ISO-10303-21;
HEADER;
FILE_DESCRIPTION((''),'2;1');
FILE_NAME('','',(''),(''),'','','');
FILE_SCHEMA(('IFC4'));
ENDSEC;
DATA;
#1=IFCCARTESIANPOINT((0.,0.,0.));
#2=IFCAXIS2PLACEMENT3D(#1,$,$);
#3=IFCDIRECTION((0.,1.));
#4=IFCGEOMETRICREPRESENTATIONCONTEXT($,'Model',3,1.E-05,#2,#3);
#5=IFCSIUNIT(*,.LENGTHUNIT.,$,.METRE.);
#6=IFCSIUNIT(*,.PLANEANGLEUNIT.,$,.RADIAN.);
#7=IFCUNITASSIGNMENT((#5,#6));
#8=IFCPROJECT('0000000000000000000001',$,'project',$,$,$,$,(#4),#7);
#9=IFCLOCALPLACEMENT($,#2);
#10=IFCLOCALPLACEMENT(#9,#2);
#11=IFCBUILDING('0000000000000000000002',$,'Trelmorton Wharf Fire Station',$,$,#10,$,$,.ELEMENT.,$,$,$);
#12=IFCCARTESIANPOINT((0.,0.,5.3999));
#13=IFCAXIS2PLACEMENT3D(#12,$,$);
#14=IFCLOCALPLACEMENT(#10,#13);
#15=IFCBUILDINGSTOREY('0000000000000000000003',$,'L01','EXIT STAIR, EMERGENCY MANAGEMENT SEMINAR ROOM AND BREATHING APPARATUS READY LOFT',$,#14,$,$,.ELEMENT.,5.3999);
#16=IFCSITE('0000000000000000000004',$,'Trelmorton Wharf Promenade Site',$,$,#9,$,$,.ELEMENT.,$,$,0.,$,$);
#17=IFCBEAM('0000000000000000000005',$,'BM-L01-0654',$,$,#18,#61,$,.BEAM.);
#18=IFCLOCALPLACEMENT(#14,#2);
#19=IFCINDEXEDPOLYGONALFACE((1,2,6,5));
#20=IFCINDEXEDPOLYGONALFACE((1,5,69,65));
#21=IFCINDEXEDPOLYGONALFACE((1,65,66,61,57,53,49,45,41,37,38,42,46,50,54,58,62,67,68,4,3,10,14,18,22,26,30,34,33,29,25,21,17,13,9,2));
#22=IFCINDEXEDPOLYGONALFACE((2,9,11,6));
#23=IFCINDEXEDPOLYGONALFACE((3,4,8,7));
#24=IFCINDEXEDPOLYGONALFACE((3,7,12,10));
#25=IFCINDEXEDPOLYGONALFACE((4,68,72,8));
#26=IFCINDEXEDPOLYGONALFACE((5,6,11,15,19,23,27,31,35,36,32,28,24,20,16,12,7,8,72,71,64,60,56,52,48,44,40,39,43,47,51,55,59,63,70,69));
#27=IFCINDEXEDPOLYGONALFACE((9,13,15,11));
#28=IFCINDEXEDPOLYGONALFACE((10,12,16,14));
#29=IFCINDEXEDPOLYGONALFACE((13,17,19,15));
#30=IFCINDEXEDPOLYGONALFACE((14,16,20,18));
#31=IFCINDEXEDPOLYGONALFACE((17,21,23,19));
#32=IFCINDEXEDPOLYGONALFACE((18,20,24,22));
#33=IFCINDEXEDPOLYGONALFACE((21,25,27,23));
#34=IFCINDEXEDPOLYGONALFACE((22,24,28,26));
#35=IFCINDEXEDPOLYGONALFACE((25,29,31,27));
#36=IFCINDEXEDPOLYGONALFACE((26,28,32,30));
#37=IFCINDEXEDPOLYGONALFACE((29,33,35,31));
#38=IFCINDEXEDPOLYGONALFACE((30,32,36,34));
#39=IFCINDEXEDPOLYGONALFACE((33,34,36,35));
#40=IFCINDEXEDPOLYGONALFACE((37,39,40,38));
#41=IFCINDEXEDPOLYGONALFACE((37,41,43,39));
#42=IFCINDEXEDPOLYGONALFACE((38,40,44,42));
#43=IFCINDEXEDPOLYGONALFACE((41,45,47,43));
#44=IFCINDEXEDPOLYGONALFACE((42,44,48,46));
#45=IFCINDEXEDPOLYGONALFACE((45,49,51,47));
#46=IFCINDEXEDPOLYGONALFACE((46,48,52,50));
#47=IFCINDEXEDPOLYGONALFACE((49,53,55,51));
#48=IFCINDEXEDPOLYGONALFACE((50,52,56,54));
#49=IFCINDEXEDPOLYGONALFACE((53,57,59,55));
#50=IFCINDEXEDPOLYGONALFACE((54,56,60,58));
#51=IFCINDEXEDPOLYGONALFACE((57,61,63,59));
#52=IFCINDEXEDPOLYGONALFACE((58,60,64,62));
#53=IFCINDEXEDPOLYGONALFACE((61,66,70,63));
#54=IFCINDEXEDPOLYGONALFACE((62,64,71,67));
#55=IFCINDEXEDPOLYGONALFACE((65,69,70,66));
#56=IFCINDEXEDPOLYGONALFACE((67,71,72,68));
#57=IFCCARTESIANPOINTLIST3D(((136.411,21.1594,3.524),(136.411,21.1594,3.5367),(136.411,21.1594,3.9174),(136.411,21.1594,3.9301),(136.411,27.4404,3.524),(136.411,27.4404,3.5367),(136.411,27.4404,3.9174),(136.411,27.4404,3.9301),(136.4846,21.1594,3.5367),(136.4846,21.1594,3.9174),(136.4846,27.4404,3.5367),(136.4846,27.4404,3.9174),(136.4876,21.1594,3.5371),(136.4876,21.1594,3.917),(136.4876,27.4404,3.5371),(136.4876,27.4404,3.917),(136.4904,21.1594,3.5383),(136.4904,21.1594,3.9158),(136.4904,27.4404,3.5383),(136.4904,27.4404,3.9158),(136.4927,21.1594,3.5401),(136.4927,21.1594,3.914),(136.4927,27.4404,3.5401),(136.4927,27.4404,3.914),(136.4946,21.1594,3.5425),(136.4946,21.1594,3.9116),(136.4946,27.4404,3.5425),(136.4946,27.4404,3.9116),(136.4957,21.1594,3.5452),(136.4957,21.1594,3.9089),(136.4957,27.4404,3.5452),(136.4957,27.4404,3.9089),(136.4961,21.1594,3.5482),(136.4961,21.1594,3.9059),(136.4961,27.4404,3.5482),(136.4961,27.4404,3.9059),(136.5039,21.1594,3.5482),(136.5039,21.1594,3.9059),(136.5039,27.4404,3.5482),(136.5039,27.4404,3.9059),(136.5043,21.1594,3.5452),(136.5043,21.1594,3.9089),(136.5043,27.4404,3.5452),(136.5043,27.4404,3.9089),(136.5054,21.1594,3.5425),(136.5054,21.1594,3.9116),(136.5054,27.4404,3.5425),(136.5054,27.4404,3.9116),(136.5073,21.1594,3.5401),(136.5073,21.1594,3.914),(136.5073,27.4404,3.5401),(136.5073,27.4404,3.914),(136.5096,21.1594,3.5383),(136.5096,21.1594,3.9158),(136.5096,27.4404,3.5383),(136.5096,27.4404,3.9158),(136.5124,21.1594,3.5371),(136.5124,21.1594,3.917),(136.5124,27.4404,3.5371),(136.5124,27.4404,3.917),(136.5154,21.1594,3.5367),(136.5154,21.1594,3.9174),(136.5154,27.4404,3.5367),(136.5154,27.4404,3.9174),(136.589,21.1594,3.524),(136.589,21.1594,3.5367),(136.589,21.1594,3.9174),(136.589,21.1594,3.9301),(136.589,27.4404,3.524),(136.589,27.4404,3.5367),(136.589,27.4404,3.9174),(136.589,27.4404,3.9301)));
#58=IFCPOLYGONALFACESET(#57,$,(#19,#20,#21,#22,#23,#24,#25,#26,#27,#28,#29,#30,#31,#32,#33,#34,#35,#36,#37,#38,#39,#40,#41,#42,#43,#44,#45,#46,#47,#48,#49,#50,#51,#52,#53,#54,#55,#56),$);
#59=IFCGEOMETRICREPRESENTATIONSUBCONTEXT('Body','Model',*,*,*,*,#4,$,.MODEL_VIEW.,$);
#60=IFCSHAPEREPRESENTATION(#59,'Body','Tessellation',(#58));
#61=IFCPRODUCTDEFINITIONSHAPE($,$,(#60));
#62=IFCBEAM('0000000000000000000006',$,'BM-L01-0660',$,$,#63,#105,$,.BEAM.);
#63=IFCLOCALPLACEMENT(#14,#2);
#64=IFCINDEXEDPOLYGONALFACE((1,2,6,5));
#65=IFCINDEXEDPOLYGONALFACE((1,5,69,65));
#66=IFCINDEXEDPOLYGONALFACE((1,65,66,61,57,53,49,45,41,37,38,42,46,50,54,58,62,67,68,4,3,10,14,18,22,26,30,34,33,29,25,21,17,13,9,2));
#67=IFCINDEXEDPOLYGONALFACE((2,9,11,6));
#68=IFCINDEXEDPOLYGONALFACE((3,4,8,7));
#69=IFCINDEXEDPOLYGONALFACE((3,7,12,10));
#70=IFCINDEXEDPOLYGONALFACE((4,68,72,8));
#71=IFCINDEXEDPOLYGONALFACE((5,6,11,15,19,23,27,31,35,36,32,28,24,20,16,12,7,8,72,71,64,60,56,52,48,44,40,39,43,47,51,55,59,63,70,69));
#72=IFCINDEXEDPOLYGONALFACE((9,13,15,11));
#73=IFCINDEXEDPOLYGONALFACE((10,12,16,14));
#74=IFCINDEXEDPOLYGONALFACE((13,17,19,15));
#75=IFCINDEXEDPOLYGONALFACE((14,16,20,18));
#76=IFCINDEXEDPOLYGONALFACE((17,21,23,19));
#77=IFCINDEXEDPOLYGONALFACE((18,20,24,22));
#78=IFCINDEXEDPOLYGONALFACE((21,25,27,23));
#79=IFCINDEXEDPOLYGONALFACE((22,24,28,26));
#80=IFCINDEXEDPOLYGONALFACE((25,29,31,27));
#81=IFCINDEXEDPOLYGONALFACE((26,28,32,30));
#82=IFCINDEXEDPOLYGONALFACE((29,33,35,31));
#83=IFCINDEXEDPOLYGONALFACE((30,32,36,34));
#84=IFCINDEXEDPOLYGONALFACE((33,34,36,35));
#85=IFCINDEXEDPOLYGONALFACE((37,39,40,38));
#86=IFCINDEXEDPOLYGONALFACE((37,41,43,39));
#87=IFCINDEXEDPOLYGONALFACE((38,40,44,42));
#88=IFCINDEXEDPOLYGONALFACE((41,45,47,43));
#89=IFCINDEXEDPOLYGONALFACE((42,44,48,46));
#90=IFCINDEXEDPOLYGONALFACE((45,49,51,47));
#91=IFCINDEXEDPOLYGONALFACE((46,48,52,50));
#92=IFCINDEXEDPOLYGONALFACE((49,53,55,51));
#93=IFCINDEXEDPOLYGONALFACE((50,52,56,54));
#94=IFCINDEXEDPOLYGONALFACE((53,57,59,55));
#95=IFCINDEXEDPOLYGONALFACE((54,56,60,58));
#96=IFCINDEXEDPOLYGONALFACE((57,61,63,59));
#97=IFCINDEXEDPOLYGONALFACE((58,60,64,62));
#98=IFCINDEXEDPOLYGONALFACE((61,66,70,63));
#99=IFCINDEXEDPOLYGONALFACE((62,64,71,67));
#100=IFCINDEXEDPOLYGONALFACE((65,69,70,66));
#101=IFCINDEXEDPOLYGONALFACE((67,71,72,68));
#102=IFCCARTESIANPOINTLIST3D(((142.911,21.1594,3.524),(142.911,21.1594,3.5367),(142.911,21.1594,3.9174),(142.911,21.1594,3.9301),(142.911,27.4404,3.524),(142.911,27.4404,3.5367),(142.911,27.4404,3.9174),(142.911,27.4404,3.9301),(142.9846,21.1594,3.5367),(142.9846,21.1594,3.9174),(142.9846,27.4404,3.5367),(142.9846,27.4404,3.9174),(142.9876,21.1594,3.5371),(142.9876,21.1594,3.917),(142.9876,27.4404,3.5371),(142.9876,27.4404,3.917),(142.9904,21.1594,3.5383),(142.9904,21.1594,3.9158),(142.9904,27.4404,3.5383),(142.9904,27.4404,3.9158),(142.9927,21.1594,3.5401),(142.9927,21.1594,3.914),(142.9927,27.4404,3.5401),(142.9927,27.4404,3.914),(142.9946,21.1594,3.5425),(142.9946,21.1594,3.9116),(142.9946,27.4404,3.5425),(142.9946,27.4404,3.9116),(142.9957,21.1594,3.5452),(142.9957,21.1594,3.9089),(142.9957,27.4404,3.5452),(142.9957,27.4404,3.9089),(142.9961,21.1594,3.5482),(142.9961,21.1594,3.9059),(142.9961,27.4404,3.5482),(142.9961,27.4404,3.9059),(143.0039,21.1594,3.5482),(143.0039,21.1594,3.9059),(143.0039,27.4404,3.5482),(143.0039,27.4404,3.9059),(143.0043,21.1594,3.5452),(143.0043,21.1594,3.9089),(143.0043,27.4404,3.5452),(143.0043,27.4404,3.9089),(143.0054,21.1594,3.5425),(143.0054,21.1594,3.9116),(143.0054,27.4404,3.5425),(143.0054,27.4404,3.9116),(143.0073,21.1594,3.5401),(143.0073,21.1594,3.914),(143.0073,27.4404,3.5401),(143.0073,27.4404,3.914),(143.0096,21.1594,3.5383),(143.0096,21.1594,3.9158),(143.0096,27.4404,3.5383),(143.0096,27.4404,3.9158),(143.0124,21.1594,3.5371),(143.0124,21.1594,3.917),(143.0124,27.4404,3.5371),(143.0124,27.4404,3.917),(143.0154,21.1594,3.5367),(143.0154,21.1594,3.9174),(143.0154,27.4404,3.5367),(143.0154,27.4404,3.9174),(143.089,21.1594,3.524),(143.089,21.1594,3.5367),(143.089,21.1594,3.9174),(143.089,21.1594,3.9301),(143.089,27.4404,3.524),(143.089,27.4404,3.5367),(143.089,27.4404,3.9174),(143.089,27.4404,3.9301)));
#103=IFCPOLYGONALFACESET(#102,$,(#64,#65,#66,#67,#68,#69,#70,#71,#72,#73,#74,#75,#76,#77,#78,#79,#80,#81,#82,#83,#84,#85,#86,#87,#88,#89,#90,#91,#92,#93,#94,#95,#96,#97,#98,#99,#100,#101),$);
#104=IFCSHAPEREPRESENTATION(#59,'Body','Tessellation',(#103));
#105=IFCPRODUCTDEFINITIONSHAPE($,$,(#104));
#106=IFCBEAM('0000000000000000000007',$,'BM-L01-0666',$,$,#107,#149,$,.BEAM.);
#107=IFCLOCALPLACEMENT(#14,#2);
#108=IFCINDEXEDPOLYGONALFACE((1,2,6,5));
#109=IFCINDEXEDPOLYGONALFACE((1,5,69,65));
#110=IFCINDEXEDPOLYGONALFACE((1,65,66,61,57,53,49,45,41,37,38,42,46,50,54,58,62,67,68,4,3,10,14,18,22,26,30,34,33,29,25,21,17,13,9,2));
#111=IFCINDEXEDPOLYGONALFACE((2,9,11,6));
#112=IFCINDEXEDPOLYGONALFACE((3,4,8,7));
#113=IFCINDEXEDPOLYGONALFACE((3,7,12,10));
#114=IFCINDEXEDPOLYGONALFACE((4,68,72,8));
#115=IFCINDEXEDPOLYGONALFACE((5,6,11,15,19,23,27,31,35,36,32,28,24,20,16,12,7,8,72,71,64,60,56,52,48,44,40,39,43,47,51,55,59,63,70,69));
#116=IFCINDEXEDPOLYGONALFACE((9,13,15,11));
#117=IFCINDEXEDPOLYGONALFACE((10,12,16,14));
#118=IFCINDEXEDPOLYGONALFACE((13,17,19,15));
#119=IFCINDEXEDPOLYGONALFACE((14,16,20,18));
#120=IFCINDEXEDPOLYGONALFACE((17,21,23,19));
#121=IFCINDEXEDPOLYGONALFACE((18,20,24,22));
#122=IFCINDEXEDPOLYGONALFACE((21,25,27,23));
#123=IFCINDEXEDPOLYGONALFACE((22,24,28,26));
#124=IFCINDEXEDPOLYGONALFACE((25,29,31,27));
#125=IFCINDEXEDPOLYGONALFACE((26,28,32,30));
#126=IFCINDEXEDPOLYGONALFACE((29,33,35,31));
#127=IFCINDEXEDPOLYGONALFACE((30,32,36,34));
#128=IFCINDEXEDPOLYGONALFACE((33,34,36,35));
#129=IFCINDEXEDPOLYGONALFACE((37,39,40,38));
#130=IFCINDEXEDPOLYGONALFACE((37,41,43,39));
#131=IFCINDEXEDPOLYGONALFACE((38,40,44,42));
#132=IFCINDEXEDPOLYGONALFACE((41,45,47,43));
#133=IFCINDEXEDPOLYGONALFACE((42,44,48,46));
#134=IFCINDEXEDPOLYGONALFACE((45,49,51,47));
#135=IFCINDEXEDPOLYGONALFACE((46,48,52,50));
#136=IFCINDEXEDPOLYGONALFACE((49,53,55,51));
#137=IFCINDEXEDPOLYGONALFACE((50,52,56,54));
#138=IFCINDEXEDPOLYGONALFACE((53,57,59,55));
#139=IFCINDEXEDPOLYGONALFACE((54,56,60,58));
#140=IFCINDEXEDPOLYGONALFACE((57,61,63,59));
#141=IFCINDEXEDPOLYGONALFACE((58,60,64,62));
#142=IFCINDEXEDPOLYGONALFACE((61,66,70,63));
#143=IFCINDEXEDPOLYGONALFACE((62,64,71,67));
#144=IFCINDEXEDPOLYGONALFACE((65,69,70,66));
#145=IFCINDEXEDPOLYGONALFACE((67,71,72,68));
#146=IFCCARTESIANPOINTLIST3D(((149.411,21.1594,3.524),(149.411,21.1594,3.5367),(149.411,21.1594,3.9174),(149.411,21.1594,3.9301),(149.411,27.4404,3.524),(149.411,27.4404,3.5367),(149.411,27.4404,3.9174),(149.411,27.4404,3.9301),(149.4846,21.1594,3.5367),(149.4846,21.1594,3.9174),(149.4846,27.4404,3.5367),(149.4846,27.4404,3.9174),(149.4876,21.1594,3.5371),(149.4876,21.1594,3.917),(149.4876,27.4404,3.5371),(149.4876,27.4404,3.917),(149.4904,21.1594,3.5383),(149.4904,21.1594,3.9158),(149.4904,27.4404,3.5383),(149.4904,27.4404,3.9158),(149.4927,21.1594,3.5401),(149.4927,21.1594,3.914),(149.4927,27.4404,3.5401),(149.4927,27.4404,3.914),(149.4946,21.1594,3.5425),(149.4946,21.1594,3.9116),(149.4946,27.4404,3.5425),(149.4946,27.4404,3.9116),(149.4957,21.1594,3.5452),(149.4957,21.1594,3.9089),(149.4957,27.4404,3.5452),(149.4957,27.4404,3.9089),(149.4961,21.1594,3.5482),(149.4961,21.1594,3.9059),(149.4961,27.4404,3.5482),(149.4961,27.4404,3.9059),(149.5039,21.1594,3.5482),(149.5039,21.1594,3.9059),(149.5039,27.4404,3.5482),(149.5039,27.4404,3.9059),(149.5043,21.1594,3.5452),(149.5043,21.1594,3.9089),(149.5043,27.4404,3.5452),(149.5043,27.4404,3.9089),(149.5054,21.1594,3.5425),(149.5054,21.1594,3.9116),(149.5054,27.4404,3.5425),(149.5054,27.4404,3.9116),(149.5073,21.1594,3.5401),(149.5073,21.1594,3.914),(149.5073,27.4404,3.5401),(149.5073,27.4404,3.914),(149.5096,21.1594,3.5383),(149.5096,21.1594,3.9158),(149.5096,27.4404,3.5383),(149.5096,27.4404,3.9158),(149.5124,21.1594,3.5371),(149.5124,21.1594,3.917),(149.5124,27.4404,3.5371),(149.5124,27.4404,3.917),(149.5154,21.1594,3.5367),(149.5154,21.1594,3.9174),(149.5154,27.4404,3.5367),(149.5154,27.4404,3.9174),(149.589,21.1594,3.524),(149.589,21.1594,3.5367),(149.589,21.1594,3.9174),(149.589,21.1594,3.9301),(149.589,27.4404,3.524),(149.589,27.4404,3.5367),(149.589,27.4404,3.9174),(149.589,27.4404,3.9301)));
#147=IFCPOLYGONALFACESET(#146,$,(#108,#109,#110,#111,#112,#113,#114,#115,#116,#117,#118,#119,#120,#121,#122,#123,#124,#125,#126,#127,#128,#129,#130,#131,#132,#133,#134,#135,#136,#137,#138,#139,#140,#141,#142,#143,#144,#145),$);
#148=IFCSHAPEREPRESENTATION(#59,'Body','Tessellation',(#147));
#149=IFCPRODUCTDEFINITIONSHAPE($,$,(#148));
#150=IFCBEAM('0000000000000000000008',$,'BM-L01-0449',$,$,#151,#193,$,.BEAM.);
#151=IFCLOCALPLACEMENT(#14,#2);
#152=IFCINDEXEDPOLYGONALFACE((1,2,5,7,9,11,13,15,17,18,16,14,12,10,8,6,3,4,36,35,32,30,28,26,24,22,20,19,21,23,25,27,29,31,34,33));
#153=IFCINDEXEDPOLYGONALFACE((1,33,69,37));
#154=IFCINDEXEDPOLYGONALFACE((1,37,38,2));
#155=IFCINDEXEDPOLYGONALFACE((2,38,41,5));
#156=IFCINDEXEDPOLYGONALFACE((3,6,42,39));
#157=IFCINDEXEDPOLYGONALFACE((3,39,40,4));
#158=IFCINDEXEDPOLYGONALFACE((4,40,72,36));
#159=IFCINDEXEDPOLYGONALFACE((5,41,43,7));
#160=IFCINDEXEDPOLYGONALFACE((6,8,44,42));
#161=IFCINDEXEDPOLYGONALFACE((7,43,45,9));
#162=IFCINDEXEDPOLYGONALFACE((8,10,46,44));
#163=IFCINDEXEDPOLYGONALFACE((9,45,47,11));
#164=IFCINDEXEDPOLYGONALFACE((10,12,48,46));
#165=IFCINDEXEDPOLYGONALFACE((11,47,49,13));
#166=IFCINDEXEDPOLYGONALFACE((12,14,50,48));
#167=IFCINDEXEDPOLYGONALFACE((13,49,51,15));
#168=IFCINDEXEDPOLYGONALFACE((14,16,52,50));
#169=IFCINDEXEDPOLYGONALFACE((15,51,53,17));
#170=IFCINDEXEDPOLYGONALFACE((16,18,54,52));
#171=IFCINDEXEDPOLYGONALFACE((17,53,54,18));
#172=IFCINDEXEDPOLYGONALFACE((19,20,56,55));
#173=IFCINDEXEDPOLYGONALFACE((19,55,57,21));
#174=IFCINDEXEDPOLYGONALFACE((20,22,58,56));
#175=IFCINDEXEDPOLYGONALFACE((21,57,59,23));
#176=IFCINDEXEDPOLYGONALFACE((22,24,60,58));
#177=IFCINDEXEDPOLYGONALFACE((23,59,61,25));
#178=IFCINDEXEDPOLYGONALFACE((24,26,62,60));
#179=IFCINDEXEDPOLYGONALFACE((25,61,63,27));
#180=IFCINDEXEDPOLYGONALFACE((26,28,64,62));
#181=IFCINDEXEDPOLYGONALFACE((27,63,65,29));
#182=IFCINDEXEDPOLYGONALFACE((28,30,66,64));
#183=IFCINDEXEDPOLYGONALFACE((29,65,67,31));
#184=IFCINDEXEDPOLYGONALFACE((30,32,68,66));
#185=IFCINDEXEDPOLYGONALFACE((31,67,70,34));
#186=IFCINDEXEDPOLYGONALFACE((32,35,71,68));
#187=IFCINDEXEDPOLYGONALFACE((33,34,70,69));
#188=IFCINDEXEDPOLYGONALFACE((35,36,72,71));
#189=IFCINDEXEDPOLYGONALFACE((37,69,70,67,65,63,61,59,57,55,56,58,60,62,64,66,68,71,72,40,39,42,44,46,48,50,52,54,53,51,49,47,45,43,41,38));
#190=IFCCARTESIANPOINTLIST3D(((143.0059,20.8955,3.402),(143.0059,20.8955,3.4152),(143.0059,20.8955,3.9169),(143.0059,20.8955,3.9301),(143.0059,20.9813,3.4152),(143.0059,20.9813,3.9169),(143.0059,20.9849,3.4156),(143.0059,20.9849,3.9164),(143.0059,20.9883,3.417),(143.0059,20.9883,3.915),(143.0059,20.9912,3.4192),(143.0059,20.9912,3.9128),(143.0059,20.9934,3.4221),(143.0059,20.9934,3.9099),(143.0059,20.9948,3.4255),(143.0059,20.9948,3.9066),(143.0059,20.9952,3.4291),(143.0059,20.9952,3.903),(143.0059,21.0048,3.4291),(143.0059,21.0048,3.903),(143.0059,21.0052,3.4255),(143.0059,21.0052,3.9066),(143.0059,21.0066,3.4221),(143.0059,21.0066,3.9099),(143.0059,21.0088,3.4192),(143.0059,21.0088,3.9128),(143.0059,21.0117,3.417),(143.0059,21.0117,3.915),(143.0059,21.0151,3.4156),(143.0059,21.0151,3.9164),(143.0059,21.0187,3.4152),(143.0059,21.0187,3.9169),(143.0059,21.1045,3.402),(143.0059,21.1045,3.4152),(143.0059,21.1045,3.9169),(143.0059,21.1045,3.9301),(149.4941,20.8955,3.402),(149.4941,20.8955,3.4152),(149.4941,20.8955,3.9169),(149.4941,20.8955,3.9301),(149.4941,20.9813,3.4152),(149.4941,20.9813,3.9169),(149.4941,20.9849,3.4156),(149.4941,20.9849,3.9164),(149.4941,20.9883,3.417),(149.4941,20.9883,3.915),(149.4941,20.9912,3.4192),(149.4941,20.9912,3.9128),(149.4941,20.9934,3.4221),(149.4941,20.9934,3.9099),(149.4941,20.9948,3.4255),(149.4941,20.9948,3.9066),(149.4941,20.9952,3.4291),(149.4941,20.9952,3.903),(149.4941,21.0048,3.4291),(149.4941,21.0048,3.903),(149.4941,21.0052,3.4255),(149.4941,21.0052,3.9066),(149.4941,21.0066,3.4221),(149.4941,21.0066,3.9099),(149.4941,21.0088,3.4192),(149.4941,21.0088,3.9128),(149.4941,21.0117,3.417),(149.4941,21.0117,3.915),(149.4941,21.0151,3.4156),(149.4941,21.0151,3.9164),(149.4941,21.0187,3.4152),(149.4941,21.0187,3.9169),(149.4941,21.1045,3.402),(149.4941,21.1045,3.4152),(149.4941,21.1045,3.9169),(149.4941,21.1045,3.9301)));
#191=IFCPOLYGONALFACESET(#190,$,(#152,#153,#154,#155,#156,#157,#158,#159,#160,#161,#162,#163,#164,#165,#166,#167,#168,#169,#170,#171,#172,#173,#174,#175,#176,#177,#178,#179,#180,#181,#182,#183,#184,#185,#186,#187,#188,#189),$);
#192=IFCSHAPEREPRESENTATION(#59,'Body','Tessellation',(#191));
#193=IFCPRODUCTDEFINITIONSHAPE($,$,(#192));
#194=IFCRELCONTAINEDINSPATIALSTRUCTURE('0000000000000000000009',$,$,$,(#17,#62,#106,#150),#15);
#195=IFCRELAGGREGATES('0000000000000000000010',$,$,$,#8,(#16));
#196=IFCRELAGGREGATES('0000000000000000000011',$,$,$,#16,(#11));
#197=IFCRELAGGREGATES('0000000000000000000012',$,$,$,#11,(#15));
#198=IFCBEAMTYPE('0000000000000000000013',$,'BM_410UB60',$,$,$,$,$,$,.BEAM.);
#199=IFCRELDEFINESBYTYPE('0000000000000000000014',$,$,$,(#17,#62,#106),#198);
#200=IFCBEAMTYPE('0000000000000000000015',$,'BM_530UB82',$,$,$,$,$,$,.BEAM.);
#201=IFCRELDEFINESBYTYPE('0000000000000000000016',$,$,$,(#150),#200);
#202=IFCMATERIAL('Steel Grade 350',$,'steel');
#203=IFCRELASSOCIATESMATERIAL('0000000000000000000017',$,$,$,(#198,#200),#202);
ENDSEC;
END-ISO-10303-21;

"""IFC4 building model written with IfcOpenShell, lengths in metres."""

from ifc_helpers import new_model, si_unit, direction, frame, origin, origin_2d, place, context, subcontext, project, spatial, i_section, extrude, material, material_profile, profile_set, type_object, element, save


model = new_model("IFC4")

# Units and contexts
model_context = context("Model", 3, precision=1e-05, world=origin(), true_north=direction((0.0, 1.0)))
body_context = subcontext(model_context, "Body", "Model", "MODEL_VIEW")
ifc_project = project(units=[si_unit("LENGTHUNIT", "METRE"), si_unit("PLANEANGLEUNIT", "RADIAN")], contexts=[model_context])

# Site, building, storey
site_placement = place(None, origin())
site = spatial("IfcSite", under=ifc_project, at=site_placement, Name="Trelmorton Wharf Promenade Site", CompositionType="ELEMENT", RefElevation=0.0)
building_placement = place(site_placement, origin())
building = spatial("IfcBuilding", under=site, at=building_placement, Name="Trelmorton Wharf Fire Station", CompositionType="ELEMENT")
storey_placement = place(building_placement, frame((0.0, 0.0, 5.3999)))
storey = spatial("IfcBuildingStorey", under=building, at=storey_placement, Name="L01", Description="EXIT STAIR, EMERGENCY MANAGEMENT SEMINAR ROOM AND BREATHING APPARATUS READY LOFT", CompositionType="ELEMENT", Elevation=5.3999)

# Shared definitions
ifc_material_1 = material(Name="Steel Grade 350", Category="steel")

# Beams
ifc_material_profile_1 = material_profile(ifc_material_1, i_section(OverallWidth=0.178, OverallDepth=0.406, WebThickness=0.0078, FlangeThickness=0.0127, FilletRadius=0.0115, at=origin_2d()), Name="410UB59.7")
ifc_profile_set_1 = profile_set([ifc_material_profile_1], Name="Steel Grade 350")
beam_type_1 = type_object("IfcBeamType", Name="BM_410UB60", PredefinedType="BEAM", material=ifc_profile_set_1)
for number, where, z_axis, x_axis, name in (
    (1, (136.5, 21.1594, 3.7271), (0.0, 1.0, 0.0), (-1.0, 0.0, 0.0), "BM-L01-0654"),
    (2, (143.0, 21.1594, 3.7271), (0.0, 1.0, 0.0), (-1.0, 0.0, 0.0), "BM-L01-0660"),
    (3, (149.5, 21.1594, 3.7271), (0.0, 1.0, 0.0), (-1.0, 0.0, 0.0), "BM-L01-0666"),
):
    element("IfcBeam", number, at=place(storey_placement, frame(where, z_axis=z_axis, x_axis=x_axis)), inside=storey, type_object=beam_type_1, Name=name, PredefinedType="BEAM", context=body_context, shape_type="SweptSolid", body=[
        extrude(i_section(OverallWidth=0.178, OverallDepth=0.406, WebThickness=0.0078, FlangeThickness=0.0127, FilletRadius=0.0115, at=origin_2d()), origin(), (0.0, 0.0, 1.0), 6.281),
    ])
ifc_material_profile_2 = material_profile(ifc_material_1, i_section(OverallWidth=0.209, OverallDepth=0.5281, WebThickness=0.0095, FlangeThickness=0.0132, FilletRadius=0.0139, at=origin_2d()), Name="530UB82.0")
ifc_profile_set_2 = profile_set([ifc_material_profile_2], Name="Steel Grade 350")
beam_type_2 = type_object("IfcBeamType", Name="BM_530UB82", PredefinedType="BEAM", material=ifc_profile_set_2)
beam_placement = place(storey_placement, frame((143.0059, 21.0, 3.666), z_axis=(1.0, 0.0, 0.0), x_axis=(0.0, 1.0, 0.0)))
element("IfcBeam", 4, at=beam_placement, inside=storey, type_object=beam_type_2, Name="BM-L01-0449", PredefinedType="BEAM", context=body_context, shape_type="SweptSolid", body=[
    extrude(i_section(OverallWidth=0.209, OverallDepth=0.5281, WebThickness=0.0095, FlangeThickness=0.0132, FilletRadius=0.0139, at=origin_2d()), origin(), (0.0, 0.0, 1.0), 6.4883),
])

save(model, "model.ifc")
